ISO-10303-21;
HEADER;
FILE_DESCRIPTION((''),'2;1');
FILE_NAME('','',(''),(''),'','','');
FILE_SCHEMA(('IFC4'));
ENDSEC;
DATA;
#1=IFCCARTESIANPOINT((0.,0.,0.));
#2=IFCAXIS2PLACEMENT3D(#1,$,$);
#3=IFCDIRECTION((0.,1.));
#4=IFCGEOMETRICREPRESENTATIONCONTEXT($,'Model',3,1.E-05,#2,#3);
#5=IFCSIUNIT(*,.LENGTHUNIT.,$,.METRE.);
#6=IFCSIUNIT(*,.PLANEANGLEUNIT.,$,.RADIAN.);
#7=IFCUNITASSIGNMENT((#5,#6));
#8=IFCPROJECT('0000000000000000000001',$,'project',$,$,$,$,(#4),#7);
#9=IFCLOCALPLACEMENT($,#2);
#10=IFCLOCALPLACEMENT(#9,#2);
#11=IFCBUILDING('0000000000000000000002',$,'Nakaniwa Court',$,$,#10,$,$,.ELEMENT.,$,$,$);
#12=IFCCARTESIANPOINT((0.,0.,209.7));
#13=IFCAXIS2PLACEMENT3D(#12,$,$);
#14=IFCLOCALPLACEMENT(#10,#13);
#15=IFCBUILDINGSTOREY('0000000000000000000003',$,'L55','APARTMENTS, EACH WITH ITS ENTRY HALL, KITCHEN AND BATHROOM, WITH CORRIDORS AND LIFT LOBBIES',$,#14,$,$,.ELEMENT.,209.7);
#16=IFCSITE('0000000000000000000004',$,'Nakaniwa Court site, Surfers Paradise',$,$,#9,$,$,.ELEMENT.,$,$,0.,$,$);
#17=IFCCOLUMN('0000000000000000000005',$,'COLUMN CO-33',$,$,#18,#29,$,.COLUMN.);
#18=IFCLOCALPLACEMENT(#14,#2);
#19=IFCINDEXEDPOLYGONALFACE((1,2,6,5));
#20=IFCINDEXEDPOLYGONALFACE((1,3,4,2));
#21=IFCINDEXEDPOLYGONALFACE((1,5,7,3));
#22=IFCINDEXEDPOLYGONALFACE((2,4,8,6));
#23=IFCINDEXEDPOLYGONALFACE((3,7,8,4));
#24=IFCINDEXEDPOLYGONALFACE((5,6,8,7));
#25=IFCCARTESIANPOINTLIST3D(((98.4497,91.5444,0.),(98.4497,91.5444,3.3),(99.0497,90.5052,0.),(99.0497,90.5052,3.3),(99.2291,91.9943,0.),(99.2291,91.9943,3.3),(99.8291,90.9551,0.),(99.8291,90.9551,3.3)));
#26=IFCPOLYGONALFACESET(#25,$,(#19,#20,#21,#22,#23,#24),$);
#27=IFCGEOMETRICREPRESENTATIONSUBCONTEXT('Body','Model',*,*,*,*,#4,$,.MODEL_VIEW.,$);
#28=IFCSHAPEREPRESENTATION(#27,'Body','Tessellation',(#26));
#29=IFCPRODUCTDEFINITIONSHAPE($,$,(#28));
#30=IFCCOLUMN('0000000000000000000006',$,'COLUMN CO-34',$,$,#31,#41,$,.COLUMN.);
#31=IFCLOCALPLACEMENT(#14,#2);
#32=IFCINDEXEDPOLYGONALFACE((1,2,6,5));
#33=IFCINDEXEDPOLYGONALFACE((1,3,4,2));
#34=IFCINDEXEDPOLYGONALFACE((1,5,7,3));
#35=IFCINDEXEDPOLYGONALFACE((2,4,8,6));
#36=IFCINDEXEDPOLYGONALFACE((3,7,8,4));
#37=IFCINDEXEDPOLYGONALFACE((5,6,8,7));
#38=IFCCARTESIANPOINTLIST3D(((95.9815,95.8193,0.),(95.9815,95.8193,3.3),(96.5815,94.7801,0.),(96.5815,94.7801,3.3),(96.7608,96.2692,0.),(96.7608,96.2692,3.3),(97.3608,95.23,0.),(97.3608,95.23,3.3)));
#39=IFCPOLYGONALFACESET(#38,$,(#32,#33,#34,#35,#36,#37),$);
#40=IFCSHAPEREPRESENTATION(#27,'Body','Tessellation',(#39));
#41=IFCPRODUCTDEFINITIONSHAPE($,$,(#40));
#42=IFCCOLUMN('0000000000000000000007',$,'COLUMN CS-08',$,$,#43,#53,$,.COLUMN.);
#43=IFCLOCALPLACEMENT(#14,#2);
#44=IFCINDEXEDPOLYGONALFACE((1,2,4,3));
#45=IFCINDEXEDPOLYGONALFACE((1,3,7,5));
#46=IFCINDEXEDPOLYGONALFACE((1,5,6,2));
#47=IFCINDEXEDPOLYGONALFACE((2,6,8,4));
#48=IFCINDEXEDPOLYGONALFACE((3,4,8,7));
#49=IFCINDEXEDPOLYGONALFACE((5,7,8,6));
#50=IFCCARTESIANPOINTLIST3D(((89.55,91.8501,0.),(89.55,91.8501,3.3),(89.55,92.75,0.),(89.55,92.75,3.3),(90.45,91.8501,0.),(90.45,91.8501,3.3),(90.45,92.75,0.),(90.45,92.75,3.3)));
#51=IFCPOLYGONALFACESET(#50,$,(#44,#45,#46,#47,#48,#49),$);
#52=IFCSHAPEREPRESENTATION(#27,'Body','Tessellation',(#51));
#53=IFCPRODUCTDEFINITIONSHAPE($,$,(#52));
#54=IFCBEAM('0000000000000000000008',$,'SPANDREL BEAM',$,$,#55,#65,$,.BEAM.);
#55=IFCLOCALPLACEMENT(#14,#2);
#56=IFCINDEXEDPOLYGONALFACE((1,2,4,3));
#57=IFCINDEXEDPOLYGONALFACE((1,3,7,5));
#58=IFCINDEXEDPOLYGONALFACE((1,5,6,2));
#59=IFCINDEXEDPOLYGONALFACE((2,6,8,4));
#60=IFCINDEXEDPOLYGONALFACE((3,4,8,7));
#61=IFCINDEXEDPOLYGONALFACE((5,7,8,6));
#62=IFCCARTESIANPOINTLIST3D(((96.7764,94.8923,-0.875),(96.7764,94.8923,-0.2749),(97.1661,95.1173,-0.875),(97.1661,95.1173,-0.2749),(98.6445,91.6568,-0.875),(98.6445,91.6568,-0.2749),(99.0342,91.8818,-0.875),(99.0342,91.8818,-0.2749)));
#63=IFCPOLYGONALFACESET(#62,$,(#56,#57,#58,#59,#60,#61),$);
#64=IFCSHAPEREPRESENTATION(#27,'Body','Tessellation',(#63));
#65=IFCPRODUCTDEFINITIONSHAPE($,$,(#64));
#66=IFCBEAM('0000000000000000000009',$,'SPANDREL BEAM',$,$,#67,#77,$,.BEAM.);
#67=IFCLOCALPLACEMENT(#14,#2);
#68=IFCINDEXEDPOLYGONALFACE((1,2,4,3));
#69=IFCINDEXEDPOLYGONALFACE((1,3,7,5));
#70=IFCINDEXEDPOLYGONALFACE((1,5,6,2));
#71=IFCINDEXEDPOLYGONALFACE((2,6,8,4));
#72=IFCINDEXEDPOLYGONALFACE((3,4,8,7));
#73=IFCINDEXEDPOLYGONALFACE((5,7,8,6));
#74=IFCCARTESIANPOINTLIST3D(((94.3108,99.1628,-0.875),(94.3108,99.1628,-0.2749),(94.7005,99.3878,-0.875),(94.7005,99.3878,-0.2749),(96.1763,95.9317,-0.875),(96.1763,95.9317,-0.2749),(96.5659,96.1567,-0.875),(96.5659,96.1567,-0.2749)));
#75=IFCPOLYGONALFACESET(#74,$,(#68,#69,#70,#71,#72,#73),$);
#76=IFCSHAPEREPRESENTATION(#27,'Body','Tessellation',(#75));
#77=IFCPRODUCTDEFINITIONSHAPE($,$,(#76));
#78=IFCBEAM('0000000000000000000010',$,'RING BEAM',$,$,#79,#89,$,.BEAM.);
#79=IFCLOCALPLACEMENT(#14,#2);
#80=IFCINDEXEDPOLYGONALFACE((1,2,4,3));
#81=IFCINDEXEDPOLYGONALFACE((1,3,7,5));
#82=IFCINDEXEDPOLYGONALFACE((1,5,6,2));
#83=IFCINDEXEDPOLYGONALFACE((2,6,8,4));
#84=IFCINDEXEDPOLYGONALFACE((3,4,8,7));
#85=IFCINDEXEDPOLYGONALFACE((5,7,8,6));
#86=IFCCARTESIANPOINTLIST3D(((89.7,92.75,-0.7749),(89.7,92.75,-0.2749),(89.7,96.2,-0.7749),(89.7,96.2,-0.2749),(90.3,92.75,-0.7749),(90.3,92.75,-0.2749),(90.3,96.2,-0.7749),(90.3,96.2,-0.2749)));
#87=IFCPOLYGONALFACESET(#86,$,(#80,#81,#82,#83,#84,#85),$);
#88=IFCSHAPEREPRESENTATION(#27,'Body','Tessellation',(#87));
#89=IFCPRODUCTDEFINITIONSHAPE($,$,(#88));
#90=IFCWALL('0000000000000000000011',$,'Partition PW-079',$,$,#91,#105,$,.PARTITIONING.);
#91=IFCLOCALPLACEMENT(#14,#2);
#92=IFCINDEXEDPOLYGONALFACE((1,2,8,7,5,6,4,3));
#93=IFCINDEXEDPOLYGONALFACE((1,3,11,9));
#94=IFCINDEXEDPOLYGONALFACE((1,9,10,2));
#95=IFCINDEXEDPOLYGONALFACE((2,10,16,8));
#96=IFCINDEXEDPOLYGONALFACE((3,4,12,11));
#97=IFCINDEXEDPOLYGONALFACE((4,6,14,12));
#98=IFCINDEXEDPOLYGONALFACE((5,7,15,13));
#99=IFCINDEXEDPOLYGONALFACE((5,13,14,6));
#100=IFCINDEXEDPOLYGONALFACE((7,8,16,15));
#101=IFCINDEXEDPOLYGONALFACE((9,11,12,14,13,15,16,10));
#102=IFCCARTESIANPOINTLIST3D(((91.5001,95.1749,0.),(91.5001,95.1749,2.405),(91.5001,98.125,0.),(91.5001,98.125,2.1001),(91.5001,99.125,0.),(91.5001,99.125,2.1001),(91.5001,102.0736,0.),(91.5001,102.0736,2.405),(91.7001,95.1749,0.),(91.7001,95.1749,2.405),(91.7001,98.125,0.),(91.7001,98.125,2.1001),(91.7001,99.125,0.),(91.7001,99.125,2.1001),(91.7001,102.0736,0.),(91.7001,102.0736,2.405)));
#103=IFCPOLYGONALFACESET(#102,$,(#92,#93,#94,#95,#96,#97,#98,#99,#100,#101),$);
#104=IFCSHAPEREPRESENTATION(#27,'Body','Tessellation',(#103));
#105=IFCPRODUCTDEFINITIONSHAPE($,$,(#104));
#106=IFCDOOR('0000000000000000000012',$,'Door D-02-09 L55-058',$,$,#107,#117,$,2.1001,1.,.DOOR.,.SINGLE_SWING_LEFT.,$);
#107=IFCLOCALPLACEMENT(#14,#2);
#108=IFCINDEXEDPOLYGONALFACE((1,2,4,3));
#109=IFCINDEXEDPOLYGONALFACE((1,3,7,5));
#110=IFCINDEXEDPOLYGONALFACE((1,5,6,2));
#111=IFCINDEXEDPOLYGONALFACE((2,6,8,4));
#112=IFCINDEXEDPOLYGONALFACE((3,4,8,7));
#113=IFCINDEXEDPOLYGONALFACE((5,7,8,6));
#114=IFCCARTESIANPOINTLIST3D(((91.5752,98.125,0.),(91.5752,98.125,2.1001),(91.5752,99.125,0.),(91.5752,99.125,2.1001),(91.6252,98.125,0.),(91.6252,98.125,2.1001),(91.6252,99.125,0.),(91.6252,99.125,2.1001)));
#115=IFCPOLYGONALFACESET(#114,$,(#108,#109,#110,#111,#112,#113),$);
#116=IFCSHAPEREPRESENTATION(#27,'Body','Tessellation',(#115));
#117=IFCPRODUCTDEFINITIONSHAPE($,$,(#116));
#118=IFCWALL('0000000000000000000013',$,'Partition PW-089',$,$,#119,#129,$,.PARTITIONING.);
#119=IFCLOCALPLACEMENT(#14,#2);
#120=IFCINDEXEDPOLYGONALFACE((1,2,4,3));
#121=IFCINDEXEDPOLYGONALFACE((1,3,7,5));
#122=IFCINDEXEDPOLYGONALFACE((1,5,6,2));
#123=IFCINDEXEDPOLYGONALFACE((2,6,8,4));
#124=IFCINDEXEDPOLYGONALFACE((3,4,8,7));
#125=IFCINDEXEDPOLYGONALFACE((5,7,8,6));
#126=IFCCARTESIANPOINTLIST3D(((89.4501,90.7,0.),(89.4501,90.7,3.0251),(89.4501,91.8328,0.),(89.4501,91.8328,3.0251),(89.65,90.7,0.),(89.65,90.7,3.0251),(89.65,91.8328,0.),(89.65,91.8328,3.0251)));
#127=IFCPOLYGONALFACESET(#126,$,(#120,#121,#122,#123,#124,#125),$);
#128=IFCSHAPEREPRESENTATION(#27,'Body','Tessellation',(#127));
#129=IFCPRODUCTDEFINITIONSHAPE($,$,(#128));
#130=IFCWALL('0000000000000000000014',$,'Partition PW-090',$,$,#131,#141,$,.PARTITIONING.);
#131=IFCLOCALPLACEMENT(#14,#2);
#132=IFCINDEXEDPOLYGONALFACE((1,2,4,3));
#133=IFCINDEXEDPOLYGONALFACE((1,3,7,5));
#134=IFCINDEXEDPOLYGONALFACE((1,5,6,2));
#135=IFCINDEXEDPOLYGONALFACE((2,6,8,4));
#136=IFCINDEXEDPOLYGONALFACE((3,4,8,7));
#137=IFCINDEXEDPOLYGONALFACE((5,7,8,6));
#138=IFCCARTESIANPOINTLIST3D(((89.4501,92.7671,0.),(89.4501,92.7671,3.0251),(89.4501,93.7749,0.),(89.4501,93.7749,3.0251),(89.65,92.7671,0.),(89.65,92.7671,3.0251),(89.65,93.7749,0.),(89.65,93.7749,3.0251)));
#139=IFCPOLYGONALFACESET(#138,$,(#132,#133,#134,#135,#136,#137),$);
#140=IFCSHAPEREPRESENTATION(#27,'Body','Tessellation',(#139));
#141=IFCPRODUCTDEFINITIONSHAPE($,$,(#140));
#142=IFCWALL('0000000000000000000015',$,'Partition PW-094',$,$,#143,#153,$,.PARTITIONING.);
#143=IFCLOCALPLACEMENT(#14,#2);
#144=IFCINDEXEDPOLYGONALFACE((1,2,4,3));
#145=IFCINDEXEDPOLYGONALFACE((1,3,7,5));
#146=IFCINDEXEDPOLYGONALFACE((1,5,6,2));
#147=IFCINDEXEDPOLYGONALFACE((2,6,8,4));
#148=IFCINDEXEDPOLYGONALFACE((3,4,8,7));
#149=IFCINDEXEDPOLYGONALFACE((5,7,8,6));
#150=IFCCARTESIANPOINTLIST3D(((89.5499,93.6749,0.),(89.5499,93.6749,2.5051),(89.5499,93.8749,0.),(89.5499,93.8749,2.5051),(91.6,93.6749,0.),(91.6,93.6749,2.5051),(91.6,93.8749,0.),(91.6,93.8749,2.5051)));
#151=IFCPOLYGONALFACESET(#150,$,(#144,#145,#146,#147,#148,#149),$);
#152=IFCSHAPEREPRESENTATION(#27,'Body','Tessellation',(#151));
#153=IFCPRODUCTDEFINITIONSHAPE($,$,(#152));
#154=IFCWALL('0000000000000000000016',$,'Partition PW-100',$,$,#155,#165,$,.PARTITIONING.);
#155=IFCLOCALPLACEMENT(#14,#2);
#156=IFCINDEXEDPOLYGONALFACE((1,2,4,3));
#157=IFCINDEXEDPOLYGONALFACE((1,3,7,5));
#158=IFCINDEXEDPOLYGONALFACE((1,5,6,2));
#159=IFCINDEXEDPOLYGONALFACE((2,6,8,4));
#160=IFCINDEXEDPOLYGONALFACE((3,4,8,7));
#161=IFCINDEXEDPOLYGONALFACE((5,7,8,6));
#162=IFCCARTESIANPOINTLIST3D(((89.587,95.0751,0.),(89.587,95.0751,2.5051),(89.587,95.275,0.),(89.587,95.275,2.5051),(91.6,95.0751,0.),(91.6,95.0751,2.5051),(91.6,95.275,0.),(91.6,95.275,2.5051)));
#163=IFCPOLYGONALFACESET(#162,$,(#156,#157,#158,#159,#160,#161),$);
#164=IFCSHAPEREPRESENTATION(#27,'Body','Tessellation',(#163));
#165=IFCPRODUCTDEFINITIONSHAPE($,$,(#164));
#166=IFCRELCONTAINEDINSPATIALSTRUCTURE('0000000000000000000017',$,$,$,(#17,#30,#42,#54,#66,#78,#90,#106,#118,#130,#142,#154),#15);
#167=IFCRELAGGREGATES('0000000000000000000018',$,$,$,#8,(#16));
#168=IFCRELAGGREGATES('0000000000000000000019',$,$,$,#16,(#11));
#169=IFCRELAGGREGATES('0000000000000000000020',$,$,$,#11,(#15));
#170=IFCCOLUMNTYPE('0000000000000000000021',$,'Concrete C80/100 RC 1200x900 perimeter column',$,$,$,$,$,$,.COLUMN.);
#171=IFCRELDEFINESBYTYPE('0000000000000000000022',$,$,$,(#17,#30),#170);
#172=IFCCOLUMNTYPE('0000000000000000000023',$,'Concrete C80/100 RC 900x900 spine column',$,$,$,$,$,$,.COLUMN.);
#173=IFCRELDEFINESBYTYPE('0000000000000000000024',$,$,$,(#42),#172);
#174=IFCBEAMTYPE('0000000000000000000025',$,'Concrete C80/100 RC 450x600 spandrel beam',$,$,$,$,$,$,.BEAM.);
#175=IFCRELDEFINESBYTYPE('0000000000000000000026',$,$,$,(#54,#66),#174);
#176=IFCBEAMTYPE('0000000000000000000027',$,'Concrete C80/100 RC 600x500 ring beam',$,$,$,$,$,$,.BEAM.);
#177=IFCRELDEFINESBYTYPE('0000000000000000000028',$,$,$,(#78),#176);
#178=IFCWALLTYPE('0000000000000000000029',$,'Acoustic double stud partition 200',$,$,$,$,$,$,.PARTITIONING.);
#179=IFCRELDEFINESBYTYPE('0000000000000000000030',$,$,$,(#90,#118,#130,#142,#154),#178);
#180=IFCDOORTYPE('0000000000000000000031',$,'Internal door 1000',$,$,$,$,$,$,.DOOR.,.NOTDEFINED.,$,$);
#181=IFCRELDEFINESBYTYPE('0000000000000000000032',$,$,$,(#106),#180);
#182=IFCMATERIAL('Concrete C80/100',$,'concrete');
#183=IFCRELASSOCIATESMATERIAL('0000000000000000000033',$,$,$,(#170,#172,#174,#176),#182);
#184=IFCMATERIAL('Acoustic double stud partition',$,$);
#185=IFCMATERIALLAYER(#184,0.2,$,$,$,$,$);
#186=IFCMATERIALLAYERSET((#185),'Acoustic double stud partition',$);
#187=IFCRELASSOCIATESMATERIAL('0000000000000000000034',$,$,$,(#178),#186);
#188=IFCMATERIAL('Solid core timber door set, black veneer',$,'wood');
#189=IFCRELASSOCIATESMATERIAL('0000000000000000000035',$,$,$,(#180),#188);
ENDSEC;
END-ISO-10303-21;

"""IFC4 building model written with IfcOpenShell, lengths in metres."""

from ifc_helpers import new_model, si_unit, direction, frame, frame_2d, origin, origin_2d, place, context, subcontext, project, spatial, rectangle, extrude, material, layer, layer_set, material_profile, profile_set, type_object, element, fill, save


model = new_model("IFC4")

# Units and contexts
model_context = context("Model", 3, precision=1e-05, world=origin(), true_north=direction((0.0, 1.0)))
body_context = subcontext(model_context, "Body", "Model", "MODEL_VIEW")
ifc_project = project(units=[si_unit("LENGTHUNIT", "METRE"), si_unit("PLANEANGLEUNIT", "RADIAN")], contexts=[model_context])

# Site, building, storey
site_placement = place(None, origin())
site = spatial("IfcSite", under=ifc_project, at=site_placement, Name="Nakaniwa Court site, Surfers Paradise", CompositionType="ELEMENT", RefElevation=0.0)
building_placement = place(site_placement, origin())
building = spatial("IfcBuilding", under=site, at=building_placement, Name="Nakaniwa Court", CompositionType="ELEMENT")
storey_placement = place(building_placement, frame((0.0, 0.0, 209.7)))
storey = spatial("IfcBuildingStorey", under=building, at=storey_placement, Name="L55", Description="APARTMENTS, EACH WITH ITS ENTRY HALL, KITCHEN AND BATHROOM, WITH CORRIDORS AND LIFT LOBBIES", CompositionType="ELEMENT", Elevation=209.7)

# Columns
ifc_material_1 = material(Name="Concrete C80/100", Category="concrete")
ifc_material_profile_1 = material_profile(ifc_material_1, rectangle(XDim=1.2, YDim=0.8999, at=origin_2d()), Name="Concrete C80/100 RC 1200x900 perimeter column")
ifc_profile_set_1 = profile_set([ifc_material_profile_1], Name="Concrete C80/100")
column_type_1 = type_object("IfcColumnType", Name="Concrete C80/100 RC 1200x900 perimeter column", PredefinedType="COLUMN", material=ifc_profile_set_1)
for number, where, z_axis, x_axis, name in (
    (1, (99.1394, 91.2498, 0.0), (0.0, 0.0, 1.0), (-0.5, 0.866025, 0.0), "COLUMN CO-33"),
    (2, (96.6711, 95.5247, 0.0), (0.0, 0.0, 1.0), (-0.5, 0.866025, 0.0), "COLUMN CO-34"),
):
    element("IfcColumn", number, at=place(storey_placement, frame(where, z_axis=z_axis, x_axis=x_axis)), inside=storey, type_object=column_type_1, Name=name, PredefinedType="COLUMN", context=body_context, shape_type="SweptSolid", body=[
        extrude(rectangle(XDim=1.2, YDim=0.8999, at=origin_2d()), origin(), (0.0, 0.0, 1.0), 3.3),
    ])
ifc_material_profile_2 = material_profile(ifc_material_1, rectangle(XDim=0.8999, YDim=0.8999, at=origin_2d()), Name="Concrete C80/100 RC 900x900 spine column")
ifc_profile_set_2 = profile_set([ifc_material_profile_2], Name="Concrete C80/100")
column_type_2 = type_object("IfcColumnType", Name="Concrete C80/100 RC 900x900 spine column", PredefinedType="COLUMN", material=ifc_profile_set_2)
column_placement = place(storey_placement, frame((90.0, 92.3, 0.0), z_axis=(0.0, 0.0, 1.0), x_axis=(0.0, 1.0, 0.0)))
element("IfcColumn", 3, at=column_placement, inside=storey, type_object=column_type_2, Name="COLUMN CS-08", PredefinedType="COLUMN", context=body_context, shape_type="SweptSolid", body=[
    extrude(rectangle(XDim=0.8999, YDim=0.8999, at=origin_2d()), origin(), (0.0, 0.0, 1.0), 3.3),
])

# Beams
ifc_material_profile_3 = material_profile(ifc_material_1, rectangle(XDim=0.45, YDim=0.6001, at=origin_2d()), Name="Concrete C80/100 RC 450x600 spandrel beam")
ifc_profile_set_3 = profile_set([ifc_material_profile_3], Name="Concrete C80/100")
beam_type_1 = type_object("IfcBeamType", Name="Concrete C80/100 RC 450x600 spandrel beam", PredefinedType="BEAM", material=ifc_profile_set_3)
beam_1_placement = place(storey_placement, frame((98.8394, 91.7693, -0.575), z_axis=(-0.500018, 0.866015, 0.0), x_axis=(-0.866015, -0.500018, 0.0)))
element("IfcBeam", 4, at=beam_1_placement, inside=storey, type_object=beam_type_1, Name="SPANDREL BEAM", PredefinedType="BEAM", context=body_context, shape_type="SweptSolid", body=[
    extrude(rectangle(XDim=0.45, YDim=0.6001, at=origin_2d()), origin(), (0.0, 0.0, 1.0), 3.7361),
])
beam_2_placement = place(storey_placement, frame((96.3711, 96.0442, -0.575), z_axis=(-0.499989, 0.866032, 0.0), x_axis=(-0.866032, -0.499989, 0.0)))
element("IfcBeam", 5, at=beam_2_placement, inside=storey, type_object=beam_type_1, Name="SPANDREL BEAM", PredefinedType="BEAM", context=body_context, shape_type="SweptSolid", body=[
    extrude(rectangle(XDim=0.45, YDim=0.6001, at=origin_2d()), origin(), (0.0, 0.0, 1.0), 3.731),
])
ifc_material_profile_4 = material_profile(ifc_material_1, rectangle(XDim=0.6001, YDim=0.5, at=origin_2d()), Name="Concrete C80/100 RC 600x500 ring beam")
ifc_profile_set_4 = profile_set([ifc_material_profile_4], Name="Concrete C80/100")
beam_type_2 = type_object("IfcBeamType", Name="Concrete C80/100 RC 600x500 ring beam", PredefinedType="BEAM", material=ifc_profile_set_4)
beam_3_placement = place(storey_placement, frame((90.0, 92.75, -0.5249), z_axis=(0.0, 1.0, 0.0), x_axis=(-1.0, 0.0, 0.0)))
element("IfcBeam", 6, at=beam_3_placement, inside=storey, type_object=beam_type_2, Name="RING BEAM", PredefinedType="BEAM", context=body_context, shape_type="SweptSolid", body=[
    extrude(rectangle(XDim=0.6001, YDim=0.5, at=origin_2d()), origin(), (0.0, 0.0, 1.0), 3.45),
])

# Wall, opening, door
ifc_material_2 = material(Name="Acoustic double stud partition")
ifc_layer_1 = layer(ifc_material_2, 0.2)
ifc_layer_set_1 = layer_set([ifc_layer_1], Name="Acoustic double stud partition")
wall_type_1 = type_object("IfcWallType", Name="Acoustic double stud partition 200", PredefinedType="PARTITIONING", material=ifc_layer_set_1)
wall_1_placement = place(storey_placement, frame((91.6001, 95.175, 0.0), z_axis=(0.0, 0.0, 1.0), x_axis=(0.0, 1.0, 0.0)))
wall_1 = element("IfcWall", 7, at=wall_1_placement, inside=storey, type_object=wall_type_1, Name="Partition PW-079", PredefinedType="PARTITIONING", context=body_context, shape_type="SweptSolid", body=[
    extrude(rectangle(XDim=6.8987, YDim=0.2, at=frame_2d((3.4492, 0.0))), origin(), (0.0, 0.0, 1.0), 2.405),
])
opening_1_placement = place(wall_1_placement, frame((2.95, 0.0, 0.0)))
opening_1 = element("IfcOpeningElement", 8, at=opening_1_placement, cuts=wall_1, PredefinedType="OPENING", context=body_context, shape_type="SweptSolid", body=[
    extrude(rectangle(XDim=1.0, YDim=2.1001, at=frame_2d((0.5, 1.05))), frame((0.0, 0.1099, 0.0), z_axis=(0.0, -1.0, 0.0), x_axis=(1.0, 0.0, 0.0)), (0.0, 0.0, 1.0), 0.22),
])
ifc_material_3 = material(Name="Solid core timber door set, black veneer", Category="wood")
door_type = type_object("IfcDoorType", Name="Internal door 1000", OperationType="NOTDEFINED", PredefinedType="DOOR", material=ifc_material_3)
door_placement = place(opening_1_placement, origin())
door = element("IfcDoor", 9, at=door_placement, inside=storey, type_object=door_type, Name="Door D-02-09 L55-058", OperationType="SINGLE_SWING_LEFT", OverallHeight=2.1001, OverallWidth=1.0, PredefinedType="DOOR", context=body_context, shape_type="SweptSolid", body=[
    extrude(rectangle(XDim=1.0, YDim=2.1001, at=frame_2d((0.5, 1.05))), frame((0.0, 0.0249, 0.0), z_axis=(0.0, -1.0, 0.0), x_axis=(1.0, 0.0, 0.0)), (0.0, 0.0, 1.0), 0.05),
])
fill(opening_1, door)

# Walls
wall_2_placement = place(storey_placement, frame((89.55, 90.7, 0.0), z_axis=(0.0, 0.0, 1.0), x_axis=(0.0, 1.0, 0.0)))
element("IfcWall", 10, at=wall_2_placement, inside=storey, type_object=wall_type_1, Name="Partition PW-089", PredefinedType="PARTITIONING", context=body_context, shape_type="SweptSolid", body=[
    extrude(rectangle(XDim=1.1328, YDim=0.2, at=frame_2d((0.5664, 0.0))), origin(), (0.0, 0.0, 1.0), 3.0251),
])
wall_3_placement = place(storey_placement, frame((89.55, 92.7671, 0.0), z_axis=(0.0, 0.0, 1.0), x_axis=(0.0, 1.0, 0.0)))
element("IfcWall", 11, at=wall_3_placement, inside=storey, type_object=wall_type_1, Name="Partition PW-090", PredefinedType="PARTITIONING", context=body_context, shape_type="SweptSolid", body=[
    extrude(rectangle(XDim=1.0078, YDim=0.2, at=frame_2d((0.5039, 0.0))), origin(), (0.0, 0.0, 1.0), 3.0251),
])
wall_4_placement = place(storey_placement, frame((89.55, 93.7749, 0.0), z_axis=(0.0, 0.0, 1.0), x_axis=(1.0, 0.0, 0.0)))
element("IfcWall", 12, at=wall_4_placement, inside=storey, type_object=wall_type_1, Name="Partition PW-094", PredefinedType="PARTITIONING", context=body_context, shape_type="SweptSolid", body=[
    extrude(rectangle(XDim=2.05, YDim=0.2, at=frame_2d((1.0249, 0.0))), origin(), (0.0, 0.0, 1.0), 2.5051),
])
wall_5_placement = place(storey_placement, frame((89.5872, 95.175, 0.0), z_axis=(0.0, 0.0, 1.0), x_axis=(1.0, 0.0, 0.0)))
element("IfcWall", 13, at=wall_5_placement, inside=storey, type_object=wall_type_1, Name="Partition PW-100", PredefinedType="PARTITIONING", context=body_context, shape_type="SweptSolid", body=[
    extrude(rectangle(XDim=2.0129, YDim=0.2, at=frame_2d((1.0063, 0.0))), origin(), (0.0, 0.0, 1.0), 2.5051),
])

save(model, "model.ifc")
